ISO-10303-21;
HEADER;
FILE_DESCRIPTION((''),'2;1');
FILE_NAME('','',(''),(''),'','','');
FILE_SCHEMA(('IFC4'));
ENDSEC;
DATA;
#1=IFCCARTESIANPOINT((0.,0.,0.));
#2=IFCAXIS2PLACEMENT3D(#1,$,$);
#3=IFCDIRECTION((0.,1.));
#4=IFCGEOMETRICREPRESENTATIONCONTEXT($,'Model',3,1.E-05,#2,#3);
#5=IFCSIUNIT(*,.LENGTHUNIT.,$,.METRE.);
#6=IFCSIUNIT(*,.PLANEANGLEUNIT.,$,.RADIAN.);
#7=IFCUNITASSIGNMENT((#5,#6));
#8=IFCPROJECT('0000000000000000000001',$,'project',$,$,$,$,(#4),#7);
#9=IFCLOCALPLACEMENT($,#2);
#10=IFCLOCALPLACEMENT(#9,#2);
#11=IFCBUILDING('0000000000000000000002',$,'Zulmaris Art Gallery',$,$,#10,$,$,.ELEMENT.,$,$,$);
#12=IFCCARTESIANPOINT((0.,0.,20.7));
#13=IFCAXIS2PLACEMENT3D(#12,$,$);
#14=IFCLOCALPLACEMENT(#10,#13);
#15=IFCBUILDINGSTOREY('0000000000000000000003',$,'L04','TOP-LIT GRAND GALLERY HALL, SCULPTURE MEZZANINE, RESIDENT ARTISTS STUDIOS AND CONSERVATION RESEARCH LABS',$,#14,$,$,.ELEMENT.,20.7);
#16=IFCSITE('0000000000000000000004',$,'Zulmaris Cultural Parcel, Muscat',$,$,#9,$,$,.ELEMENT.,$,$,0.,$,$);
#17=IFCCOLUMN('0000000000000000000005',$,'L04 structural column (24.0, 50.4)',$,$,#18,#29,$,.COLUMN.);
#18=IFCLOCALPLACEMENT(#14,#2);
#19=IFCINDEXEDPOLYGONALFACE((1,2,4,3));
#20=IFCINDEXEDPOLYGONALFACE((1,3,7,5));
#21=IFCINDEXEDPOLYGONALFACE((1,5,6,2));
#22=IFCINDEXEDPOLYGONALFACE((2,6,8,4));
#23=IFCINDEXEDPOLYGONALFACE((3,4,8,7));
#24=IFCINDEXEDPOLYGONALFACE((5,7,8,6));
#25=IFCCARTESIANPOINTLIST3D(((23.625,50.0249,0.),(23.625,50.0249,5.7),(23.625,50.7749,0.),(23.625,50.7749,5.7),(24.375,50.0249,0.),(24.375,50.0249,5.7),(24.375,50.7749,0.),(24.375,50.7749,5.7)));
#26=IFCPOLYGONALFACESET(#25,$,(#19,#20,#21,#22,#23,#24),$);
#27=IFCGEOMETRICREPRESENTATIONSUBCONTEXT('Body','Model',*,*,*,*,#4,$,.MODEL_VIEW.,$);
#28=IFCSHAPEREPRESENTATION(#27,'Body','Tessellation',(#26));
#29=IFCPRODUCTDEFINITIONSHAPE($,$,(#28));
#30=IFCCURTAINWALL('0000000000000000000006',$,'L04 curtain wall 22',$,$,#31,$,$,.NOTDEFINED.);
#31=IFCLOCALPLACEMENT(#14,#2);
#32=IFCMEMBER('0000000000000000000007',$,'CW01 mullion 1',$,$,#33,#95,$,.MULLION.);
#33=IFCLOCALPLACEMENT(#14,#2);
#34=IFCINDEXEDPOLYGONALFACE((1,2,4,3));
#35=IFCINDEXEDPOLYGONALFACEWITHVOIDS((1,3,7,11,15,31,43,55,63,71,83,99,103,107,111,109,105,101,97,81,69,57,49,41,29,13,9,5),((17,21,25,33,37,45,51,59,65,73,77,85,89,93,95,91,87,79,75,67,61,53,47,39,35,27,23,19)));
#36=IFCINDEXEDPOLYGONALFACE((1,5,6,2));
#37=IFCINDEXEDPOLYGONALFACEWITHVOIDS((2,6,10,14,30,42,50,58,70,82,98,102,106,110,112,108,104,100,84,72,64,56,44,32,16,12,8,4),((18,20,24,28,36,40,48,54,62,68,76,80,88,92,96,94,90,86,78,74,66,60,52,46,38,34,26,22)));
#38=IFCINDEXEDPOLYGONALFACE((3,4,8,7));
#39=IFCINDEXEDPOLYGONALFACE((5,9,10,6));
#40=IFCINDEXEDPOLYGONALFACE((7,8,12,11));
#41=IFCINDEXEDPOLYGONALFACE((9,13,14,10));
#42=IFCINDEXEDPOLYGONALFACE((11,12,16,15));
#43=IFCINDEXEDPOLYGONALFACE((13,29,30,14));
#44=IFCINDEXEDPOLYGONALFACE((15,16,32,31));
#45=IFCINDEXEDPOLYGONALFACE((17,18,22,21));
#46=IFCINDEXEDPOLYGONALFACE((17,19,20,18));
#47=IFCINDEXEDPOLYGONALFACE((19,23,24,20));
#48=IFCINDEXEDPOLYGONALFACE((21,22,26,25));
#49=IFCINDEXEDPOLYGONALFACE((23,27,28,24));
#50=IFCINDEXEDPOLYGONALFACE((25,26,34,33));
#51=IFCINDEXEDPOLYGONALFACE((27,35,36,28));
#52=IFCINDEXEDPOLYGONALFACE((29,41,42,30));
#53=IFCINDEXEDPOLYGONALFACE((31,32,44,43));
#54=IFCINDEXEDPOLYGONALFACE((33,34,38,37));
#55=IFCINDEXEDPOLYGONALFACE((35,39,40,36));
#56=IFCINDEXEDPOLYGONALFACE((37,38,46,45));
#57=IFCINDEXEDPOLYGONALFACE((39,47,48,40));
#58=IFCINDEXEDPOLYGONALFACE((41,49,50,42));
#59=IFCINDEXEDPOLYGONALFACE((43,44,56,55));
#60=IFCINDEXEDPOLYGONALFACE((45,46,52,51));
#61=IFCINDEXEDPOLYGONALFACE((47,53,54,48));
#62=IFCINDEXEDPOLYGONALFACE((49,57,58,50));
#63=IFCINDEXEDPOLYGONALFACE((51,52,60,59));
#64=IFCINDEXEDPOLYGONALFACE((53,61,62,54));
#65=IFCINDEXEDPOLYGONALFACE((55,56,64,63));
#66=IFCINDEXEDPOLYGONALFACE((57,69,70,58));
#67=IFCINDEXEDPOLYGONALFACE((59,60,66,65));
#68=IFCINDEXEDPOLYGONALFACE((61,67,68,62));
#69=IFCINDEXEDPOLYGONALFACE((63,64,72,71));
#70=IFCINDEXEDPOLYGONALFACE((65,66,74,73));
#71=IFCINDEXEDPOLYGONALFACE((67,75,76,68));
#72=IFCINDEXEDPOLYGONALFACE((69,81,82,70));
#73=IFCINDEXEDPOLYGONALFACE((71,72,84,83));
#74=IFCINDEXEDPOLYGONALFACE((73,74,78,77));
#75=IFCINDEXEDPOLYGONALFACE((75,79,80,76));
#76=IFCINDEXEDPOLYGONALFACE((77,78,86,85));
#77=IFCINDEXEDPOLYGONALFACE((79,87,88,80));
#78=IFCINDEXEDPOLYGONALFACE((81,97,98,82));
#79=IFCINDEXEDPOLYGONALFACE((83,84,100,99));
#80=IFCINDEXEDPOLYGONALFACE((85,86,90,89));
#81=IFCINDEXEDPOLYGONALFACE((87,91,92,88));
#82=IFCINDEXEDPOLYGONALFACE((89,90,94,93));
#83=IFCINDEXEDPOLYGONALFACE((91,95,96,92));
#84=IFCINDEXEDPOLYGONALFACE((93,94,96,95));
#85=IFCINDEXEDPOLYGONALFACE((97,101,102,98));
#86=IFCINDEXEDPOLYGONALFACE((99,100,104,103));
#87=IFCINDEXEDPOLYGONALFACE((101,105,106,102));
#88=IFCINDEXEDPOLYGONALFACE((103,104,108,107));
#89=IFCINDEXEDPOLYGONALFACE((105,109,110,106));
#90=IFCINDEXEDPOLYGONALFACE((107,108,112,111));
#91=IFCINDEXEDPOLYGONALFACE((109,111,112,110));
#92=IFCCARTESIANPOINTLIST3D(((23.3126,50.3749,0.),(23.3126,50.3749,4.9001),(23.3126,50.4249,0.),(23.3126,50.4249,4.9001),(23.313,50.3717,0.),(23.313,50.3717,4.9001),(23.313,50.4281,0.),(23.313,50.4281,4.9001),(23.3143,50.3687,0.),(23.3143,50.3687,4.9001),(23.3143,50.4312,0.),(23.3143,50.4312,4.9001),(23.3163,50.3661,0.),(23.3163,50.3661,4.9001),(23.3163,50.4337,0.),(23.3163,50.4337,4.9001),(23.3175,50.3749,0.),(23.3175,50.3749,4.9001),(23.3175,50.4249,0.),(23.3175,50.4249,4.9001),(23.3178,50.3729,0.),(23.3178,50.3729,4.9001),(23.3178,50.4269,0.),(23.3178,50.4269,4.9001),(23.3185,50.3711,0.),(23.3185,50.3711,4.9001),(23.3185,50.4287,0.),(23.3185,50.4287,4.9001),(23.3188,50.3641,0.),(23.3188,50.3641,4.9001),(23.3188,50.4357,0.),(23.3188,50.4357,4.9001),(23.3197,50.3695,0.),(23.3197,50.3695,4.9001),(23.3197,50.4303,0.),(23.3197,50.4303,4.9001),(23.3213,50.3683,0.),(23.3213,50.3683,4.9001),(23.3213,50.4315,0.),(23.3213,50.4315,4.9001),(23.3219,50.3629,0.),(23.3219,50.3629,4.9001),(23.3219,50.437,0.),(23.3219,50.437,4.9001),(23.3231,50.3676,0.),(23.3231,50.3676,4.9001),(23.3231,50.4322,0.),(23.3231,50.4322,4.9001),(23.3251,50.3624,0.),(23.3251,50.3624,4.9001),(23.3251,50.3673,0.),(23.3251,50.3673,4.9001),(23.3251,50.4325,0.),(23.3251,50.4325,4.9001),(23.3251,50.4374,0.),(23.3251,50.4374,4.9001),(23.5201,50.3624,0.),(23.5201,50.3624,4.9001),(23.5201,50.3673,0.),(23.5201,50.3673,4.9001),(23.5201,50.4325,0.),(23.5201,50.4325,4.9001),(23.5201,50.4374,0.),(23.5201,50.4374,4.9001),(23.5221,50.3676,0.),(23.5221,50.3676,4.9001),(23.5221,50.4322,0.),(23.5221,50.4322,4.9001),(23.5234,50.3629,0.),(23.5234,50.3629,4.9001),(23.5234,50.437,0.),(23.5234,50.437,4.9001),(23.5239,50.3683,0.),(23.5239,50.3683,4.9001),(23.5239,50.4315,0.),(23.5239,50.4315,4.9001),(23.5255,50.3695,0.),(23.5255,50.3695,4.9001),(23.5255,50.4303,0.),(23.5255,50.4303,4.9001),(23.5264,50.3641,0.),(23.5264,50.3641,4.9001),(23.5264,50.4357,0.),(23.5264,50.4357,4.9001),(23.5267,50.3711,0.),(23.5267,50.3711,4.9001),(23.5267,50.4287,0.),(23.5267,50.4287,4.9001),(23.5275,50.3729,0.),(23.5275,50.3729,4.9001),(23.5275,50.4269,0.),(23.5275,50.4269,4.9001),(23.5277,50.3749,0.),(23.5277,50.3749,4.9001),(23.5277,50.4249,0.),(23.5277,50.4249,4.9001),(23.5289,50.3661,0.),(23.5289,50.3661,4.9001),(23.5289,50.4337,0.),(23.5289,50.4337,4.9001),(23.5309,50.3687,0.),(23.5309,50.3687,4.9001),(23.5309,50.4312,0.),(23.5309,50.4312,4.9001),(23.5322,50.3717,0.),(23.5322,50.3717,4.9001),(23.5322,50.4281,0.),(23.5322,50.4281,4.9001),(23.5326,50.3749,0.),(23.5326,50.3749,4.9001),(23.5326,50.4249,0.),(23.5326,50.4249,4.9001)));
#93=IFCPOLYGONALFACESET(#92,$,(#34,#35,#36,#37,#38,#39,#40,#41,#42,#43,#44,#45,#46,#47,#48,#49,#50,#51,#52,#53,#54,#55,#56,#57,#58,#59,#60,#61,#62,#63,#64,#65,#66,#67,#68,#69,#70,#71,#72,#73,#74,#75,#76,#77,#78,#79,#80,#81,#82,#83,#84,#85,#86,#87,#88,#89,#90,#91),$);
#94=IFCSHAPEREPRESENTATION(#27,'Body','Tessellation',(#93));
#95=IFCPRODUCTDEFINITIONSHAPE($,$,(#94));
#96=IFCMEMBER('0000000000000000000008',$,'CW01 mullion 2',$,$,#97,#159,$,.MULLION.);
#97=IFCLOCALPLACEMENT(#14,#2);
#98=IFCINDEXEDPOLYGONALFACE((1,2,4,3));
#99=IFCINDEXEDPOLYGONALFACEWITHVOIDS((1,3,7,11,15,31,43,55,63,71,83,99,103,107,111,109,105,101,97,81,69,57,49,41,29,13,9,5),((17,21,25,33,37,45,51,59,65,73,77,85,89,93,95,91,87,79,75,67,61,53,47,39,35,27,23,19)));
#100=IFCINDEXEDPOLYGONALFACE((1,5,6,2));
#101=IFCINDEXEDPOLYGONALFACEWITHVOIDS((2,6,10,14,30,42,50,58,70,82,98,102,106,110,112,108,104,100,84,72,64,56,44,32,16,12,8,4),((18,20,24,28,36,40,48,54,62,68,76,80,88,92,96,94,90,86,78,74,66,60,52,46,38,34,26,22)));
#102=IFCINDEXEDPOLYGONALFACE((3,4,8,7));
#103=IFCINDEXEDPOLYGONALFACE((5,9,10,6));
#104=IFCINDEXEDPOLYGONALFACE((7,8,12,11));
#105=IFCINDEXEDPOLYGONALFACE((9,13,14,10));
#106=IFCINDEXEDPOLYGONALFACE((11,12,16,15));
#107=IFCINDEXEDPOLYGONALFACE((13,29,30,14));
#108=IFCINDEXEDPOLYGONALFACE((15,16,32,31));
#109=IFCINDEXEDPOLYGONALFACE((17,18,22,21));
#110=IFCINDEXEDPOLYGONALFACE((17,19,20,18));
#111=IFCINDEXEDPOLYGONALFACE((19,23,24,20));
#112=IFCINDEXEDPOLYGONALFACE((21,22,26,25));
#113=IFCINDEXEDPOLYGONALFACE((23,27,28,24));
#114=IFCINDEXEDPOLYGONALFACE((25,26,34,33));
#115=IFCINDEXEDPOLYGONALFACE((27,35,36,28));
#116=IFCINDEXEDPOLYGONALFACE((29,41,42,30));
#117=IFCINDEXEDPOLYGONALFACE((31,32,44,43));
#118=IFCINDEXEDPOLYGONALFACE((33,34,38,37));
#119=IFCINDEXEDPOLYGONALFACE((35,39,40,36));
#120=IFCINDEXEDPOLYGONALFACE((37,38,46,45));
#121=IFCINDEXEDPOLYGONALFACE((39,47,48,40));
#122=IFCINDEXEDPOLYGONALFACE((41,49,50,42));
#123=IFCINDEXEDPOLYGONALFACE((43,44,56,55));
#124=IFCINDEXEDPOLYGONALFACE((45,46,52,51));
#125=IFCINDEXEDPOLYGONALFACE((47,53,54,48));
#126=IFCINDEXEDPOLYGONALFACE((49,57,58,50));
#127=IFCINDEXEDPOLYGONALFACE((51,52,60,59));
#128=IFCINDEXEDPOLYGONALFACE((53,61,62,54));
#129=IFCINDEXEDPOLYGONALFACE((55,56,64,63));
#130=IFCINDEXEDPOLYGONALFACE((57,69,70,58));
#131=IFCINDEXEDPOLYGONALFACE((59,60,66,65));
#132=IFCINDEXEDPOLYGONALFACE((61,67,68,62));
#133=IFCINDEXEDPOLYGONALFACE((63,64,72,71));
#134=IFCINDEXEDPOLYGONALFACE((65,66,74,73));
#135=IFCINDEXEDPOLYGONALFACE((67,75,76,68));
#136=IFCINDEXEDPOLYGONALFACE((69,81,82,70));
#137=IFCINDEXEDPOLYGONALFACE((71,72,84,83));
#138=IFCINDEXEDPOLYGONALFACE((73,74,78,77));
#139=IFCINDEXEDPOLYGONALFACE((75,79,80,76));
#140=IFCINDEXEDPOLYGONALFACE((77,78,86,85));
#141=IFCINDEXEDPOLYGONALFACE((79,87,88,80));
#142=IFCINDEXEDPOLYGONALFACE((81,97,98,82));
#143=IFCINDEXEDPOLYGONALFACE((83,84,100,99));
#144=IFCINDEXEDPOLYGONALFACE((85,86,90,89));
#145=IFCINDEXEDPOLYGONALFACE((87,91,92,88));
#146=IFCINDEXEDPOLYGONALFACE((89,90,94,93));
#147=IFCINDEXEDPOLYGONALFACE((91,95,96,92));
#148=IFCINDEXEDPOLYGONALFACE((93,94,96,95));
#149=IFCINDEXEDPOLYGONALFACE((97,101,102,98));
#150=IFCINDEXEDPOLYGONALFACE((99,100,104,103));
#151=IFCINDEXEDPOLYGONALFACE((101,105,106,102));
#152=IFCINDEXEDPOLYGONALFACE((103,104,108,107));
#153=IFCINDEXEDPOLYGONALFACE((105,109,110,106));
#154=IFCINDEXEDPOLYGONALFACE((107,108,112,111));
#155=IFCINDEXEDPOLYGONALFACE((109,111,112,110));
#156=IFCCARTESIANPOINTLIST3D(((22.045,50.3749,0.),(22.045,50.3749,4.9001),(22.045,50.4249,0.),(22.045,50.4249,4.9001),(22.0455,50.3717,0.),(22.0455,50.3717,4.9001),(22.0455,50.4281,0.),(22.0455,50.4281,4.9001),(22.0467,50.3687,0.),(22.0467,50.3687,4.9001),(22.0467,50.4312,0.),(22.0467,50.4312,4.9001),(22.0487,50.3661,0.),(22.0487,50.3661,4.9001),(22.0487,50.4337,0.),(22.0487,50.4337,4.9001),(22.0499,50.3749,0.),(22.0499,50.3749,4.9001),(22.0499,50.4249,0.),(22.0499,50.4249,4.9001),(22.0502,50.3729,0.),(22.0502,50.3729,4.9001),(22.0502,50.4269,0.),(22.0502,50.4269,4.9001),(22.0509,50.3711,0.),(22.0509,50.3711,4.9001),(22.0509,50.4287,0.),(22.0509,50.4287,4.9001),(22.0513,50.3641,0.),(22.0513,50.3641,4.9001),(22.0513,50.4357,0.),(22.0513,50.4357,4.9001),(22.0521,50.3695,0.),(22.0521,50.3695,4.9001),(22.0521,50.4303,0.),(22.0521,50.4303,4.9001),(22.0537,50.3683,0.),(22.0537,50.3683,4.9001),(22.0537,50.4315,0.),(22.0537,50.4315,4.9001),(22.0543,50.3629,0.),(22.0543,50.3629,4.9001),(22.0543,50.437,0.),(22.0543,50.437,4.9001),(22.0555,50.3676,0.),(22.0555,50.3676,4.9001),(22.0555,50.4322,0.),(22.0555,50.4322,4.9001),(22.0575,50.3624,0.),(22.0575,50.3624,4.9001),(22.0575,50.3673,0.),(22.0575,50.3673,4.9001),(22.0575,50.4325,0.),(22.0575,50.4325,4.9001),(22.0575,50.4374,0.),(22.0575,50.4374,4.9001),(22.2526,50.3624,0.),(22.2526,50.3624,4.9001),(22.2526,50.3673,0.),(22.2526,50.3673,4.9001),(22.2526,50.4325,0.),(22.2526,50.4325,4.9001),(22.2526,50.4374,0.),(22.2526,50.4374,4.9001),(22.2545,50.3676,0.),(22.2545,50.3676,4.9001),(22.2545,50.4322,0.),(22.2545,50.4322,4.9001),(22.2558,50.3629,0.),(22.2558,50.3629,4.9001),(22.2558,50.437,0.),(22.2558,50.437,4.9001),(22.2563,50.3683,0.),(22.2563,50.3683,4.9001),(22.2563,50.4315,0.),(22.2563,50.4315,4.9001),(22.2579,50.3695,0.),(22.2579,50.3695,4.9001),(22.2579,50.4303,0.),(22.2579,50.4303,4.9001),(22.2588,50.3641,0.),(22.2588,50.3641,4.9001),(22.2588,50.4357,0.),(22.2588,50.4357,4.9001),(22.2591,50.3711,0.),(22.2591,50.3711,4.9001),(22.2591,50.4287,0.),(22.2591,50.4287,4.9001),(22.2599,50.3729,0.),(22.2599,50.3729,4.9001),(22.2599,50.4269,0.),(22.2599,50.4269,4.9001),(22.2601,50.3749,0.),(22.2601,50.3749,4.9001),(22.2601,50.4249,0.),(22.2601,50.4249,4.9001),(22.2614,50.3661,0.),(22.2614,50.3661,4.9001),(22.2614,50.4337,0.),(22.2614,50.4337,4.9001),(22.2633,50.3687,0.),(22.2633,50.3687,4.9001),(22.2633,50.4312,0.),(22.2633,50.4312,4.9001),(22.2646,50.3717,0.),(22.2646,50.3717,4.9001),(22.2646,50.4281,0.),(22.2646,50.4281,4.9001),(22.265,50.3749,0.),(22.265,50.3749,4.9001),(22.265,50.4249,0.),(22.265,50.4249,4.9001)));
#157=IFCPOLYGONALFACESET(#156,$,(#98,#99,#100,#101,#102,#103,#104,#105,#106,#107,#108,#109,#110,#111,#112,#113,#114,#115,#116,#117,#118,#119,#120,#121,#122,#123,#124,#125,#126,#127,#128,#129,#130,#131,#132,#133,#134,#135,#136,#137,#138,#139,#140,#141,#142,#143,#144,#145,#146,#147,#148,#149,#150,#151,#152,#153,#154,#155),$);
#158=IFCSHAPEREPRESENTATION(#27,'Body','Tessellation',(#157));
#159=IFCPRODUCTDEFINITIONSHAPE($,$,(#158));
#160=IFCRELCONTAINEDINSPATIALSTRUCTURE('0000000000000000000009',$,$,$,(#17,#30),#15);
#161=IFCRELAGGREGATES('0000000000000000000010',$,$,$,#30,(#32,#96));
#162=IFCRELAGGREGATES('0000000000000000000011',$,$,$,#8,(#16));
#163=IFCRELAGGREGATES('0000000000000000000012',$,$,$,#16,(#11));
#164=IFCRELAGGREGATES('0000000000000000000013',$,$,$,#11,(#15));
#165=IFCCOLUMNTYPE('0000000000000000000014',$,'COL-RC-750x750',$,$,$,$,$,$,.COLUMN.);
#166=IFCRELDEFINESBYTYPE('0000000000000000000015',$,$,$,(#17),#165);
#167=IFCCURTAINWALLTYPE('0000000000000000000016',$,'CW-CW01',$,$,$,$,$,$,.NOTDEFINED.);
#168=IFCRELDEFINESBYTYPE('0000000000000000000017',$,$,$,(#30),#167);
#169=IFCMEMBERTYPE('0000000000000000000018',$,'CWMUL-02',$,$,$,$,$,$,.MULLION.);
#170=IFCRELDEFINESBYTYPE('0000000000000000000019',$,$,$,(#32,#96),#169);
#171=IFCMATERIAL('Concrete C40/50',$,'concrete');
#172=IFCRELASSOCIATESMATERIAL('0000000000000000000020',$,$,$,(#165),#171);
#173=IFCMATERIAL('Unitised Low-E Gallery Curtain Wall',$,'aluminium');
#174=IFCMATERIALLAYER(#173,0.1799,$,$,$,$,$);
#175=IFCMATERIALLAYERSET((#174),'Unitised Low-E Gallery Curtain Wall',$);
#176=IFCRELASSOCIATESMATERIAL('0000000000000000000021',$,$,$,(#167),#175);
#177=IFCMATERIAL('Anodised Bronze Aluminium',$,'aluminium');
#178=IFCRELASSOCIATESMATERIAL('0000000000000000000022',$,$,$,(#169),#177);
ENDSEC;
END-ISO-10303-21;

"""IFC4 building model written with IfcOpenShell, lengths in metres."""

from ifc_helpers import new_model, si_unit, direction, frame, origin, origin_2d, place, context, subcontext, project, spatial, rectangle, hollow_rectangle, extrude, material, layer, layer_set, material_profile, profile_set, type_object, element, aggregate, save


model = new_model("IFC4")

# Units and contexts
model_context = context("Model", 3, precision=1e-05, world=origin(), true_north=direction((0.0, 1.0)))
body_context = subcontext(model_context, "Body", "Model", "MODEL_VIEW")
ifc_project = project(units=[si_unit("LENGTHUNIT", "METRE"), si_unit("PLANEANGLEUNIT", "RADIAN")], contexts=[model_context])

# Site, building, storey
site_placement = place(None, origin())
site = spatial("IfcSite", under=ifc_project, at=site_placement, Name="Zulmaris Cultural Parcel, Muscat", CompositionType="ELEMENT", RefElevation=0.0)
building_placement = place(site_placement, origin())
building = spatial("IfcBuilding", under=site, at=building_placement, Name="Zulmaris Art Gallery", CompositionType="ELEMENT")
storey_placement = place(building_placement, frame((0.0, 0.0, 20.7)))
storey = spatial("IfcBuildingStorey", under=building, at=storey_placement, Name="L04", Description="TOP-LIT GRAND GALLERY HALL, SCULPTURE MEZZANINE, RESIDENT ARTISTS STUDIOS AND CONSERVATION RESEARCH LABS", CompositionType="ELEMENT", Elevation=20.7)

# Column
ifc_material_1 = material(Name="Concrete C40/50", Category="concrete")
ifc_material_profile_1 = material_profile(ifc_material_1, rectangle(XDim=0.75, YDim=0.75, at=origin_2d()), Name="RC 750x750")
ifc_profile_set_1 = profile_set([ifc_material_profile_1], Name="Concrete C40/50")
column_type = type_object("IfcColumnType", Name="COL-RC-750x750", PredefinedType="COLUMN", material=ifc_profile_set_1)
column_placement = place(storey_placement, frame((24.0, 50.3999, 0.0), z_axis=(0.0, 0.0, 1.0), x_axis=(1.0, 0.0, 0.0)))
element("IfcColumn", 1, at=column_placement, inside=storey, type_object=column_type, Name="L04 structural column (24.0, 50.4)", PredefinedType="COLUMN", context=body_context, shape_type="SweptSolid", body=[
    extrude(rectangle(XDim=0.75, YDim=0.75, at=origin_2d()), origin(), (0.0, 0.0, 1.0), 5.7),
])

# Curtain wall, members
ifc_material_2 = material(Name="Unitised Low-E Gallery Curtain Wall", Category="aluminium")
ifc_layer_1 = layer(ifc_material_2, 0.1799)
ifc_layer_set_1 = layer_set([ifc_layer_1], Name="Unitised Low-E Gallery Curtain Wall")
curtain_wall_type = type_object("IfcCurtainWallType", Name="CW-CW01", PredefinedType="NOTDEFINED", material=ifc_layer_set_1)
curtain_wall_placement = place(storey_placement, origin())
curtain_wall = element("IfcCurtainWall", 2, at=curtain_wall_placement, inside=storey, type_object=curtain_wall_type, Name="L04 curtain wall 22", PredefinedType="NOTDEFINED")
ifc_material_3 = material(Name="Anodised Bronze Aluminium", Category="aluminium")
ifc_material_profile_2 = material_profile(ifc_material_3, hollow_rectangle(XDim=0.075, YDim=0.22, WallThickness=0.0049, InnerFilletRadius=0.0076, OuterFilletRadius=0.0125, at=origin_2d()), Name="ALU 75x220x5")
ifc_profile_set_2 = profile_set([ifc_material_profile_2], Name="Anodised Bronze Aluminium")
member_type_1 = type_object("IfcMemberType", Name="CWMUL-02", PredefinedType="MULLION", material=ifc_profile_set_2)
member_1_placement = place(storey_placement, frame((23.4226, 50.3999, 0.0), z_axis=(0.0, 0.0, 1.0), x_axis=(0.0, -1.0, 0.0)))
member_1 = element("IfcMember", 3, at=member_1_placement, type_object=member_type_1, Name="CW01 mullion 1", PredefinedType="MULLION", context=body_context, shape_type="SweptSolid", body=[
    extrude(hollow_rectangle(XDim=0.075, YDim=0.22, WallThickness=0.0049, InnerFilletRadius=0.0076, OuterFilletRadius=0.0125, at=origin_2d()), origin(), (0.0, 0.0, 1.0), 4.9001),
])
member_2_placement = place(storey_placement, frame((22.155, 50.3999, 0.0), z_axis=(0.0, 0.0, 1.0), x_axis=(0.0, -1.0, 0.0)))
member_2 = element("IfcMember", 4, at=member_2_placement, type_object=member_type_1, Name="CW01 mullion 2", PredefinedType="MULLION", context=body_context, shape_type="SweptSolid", body=[
    extrude(hollow_rectangle(XDim=0.075, YDim=0.22, WallThickness=0.0049, InnerFilletRadius=0.0076, OuterFilletRadius=0.0125, at=origin_2d()), origin(), (0.0, 0.0, 1.0), 4.9001),
])

aggregate(curtain_wall, [member_1, member_2])

save(model, "model.ifc")
